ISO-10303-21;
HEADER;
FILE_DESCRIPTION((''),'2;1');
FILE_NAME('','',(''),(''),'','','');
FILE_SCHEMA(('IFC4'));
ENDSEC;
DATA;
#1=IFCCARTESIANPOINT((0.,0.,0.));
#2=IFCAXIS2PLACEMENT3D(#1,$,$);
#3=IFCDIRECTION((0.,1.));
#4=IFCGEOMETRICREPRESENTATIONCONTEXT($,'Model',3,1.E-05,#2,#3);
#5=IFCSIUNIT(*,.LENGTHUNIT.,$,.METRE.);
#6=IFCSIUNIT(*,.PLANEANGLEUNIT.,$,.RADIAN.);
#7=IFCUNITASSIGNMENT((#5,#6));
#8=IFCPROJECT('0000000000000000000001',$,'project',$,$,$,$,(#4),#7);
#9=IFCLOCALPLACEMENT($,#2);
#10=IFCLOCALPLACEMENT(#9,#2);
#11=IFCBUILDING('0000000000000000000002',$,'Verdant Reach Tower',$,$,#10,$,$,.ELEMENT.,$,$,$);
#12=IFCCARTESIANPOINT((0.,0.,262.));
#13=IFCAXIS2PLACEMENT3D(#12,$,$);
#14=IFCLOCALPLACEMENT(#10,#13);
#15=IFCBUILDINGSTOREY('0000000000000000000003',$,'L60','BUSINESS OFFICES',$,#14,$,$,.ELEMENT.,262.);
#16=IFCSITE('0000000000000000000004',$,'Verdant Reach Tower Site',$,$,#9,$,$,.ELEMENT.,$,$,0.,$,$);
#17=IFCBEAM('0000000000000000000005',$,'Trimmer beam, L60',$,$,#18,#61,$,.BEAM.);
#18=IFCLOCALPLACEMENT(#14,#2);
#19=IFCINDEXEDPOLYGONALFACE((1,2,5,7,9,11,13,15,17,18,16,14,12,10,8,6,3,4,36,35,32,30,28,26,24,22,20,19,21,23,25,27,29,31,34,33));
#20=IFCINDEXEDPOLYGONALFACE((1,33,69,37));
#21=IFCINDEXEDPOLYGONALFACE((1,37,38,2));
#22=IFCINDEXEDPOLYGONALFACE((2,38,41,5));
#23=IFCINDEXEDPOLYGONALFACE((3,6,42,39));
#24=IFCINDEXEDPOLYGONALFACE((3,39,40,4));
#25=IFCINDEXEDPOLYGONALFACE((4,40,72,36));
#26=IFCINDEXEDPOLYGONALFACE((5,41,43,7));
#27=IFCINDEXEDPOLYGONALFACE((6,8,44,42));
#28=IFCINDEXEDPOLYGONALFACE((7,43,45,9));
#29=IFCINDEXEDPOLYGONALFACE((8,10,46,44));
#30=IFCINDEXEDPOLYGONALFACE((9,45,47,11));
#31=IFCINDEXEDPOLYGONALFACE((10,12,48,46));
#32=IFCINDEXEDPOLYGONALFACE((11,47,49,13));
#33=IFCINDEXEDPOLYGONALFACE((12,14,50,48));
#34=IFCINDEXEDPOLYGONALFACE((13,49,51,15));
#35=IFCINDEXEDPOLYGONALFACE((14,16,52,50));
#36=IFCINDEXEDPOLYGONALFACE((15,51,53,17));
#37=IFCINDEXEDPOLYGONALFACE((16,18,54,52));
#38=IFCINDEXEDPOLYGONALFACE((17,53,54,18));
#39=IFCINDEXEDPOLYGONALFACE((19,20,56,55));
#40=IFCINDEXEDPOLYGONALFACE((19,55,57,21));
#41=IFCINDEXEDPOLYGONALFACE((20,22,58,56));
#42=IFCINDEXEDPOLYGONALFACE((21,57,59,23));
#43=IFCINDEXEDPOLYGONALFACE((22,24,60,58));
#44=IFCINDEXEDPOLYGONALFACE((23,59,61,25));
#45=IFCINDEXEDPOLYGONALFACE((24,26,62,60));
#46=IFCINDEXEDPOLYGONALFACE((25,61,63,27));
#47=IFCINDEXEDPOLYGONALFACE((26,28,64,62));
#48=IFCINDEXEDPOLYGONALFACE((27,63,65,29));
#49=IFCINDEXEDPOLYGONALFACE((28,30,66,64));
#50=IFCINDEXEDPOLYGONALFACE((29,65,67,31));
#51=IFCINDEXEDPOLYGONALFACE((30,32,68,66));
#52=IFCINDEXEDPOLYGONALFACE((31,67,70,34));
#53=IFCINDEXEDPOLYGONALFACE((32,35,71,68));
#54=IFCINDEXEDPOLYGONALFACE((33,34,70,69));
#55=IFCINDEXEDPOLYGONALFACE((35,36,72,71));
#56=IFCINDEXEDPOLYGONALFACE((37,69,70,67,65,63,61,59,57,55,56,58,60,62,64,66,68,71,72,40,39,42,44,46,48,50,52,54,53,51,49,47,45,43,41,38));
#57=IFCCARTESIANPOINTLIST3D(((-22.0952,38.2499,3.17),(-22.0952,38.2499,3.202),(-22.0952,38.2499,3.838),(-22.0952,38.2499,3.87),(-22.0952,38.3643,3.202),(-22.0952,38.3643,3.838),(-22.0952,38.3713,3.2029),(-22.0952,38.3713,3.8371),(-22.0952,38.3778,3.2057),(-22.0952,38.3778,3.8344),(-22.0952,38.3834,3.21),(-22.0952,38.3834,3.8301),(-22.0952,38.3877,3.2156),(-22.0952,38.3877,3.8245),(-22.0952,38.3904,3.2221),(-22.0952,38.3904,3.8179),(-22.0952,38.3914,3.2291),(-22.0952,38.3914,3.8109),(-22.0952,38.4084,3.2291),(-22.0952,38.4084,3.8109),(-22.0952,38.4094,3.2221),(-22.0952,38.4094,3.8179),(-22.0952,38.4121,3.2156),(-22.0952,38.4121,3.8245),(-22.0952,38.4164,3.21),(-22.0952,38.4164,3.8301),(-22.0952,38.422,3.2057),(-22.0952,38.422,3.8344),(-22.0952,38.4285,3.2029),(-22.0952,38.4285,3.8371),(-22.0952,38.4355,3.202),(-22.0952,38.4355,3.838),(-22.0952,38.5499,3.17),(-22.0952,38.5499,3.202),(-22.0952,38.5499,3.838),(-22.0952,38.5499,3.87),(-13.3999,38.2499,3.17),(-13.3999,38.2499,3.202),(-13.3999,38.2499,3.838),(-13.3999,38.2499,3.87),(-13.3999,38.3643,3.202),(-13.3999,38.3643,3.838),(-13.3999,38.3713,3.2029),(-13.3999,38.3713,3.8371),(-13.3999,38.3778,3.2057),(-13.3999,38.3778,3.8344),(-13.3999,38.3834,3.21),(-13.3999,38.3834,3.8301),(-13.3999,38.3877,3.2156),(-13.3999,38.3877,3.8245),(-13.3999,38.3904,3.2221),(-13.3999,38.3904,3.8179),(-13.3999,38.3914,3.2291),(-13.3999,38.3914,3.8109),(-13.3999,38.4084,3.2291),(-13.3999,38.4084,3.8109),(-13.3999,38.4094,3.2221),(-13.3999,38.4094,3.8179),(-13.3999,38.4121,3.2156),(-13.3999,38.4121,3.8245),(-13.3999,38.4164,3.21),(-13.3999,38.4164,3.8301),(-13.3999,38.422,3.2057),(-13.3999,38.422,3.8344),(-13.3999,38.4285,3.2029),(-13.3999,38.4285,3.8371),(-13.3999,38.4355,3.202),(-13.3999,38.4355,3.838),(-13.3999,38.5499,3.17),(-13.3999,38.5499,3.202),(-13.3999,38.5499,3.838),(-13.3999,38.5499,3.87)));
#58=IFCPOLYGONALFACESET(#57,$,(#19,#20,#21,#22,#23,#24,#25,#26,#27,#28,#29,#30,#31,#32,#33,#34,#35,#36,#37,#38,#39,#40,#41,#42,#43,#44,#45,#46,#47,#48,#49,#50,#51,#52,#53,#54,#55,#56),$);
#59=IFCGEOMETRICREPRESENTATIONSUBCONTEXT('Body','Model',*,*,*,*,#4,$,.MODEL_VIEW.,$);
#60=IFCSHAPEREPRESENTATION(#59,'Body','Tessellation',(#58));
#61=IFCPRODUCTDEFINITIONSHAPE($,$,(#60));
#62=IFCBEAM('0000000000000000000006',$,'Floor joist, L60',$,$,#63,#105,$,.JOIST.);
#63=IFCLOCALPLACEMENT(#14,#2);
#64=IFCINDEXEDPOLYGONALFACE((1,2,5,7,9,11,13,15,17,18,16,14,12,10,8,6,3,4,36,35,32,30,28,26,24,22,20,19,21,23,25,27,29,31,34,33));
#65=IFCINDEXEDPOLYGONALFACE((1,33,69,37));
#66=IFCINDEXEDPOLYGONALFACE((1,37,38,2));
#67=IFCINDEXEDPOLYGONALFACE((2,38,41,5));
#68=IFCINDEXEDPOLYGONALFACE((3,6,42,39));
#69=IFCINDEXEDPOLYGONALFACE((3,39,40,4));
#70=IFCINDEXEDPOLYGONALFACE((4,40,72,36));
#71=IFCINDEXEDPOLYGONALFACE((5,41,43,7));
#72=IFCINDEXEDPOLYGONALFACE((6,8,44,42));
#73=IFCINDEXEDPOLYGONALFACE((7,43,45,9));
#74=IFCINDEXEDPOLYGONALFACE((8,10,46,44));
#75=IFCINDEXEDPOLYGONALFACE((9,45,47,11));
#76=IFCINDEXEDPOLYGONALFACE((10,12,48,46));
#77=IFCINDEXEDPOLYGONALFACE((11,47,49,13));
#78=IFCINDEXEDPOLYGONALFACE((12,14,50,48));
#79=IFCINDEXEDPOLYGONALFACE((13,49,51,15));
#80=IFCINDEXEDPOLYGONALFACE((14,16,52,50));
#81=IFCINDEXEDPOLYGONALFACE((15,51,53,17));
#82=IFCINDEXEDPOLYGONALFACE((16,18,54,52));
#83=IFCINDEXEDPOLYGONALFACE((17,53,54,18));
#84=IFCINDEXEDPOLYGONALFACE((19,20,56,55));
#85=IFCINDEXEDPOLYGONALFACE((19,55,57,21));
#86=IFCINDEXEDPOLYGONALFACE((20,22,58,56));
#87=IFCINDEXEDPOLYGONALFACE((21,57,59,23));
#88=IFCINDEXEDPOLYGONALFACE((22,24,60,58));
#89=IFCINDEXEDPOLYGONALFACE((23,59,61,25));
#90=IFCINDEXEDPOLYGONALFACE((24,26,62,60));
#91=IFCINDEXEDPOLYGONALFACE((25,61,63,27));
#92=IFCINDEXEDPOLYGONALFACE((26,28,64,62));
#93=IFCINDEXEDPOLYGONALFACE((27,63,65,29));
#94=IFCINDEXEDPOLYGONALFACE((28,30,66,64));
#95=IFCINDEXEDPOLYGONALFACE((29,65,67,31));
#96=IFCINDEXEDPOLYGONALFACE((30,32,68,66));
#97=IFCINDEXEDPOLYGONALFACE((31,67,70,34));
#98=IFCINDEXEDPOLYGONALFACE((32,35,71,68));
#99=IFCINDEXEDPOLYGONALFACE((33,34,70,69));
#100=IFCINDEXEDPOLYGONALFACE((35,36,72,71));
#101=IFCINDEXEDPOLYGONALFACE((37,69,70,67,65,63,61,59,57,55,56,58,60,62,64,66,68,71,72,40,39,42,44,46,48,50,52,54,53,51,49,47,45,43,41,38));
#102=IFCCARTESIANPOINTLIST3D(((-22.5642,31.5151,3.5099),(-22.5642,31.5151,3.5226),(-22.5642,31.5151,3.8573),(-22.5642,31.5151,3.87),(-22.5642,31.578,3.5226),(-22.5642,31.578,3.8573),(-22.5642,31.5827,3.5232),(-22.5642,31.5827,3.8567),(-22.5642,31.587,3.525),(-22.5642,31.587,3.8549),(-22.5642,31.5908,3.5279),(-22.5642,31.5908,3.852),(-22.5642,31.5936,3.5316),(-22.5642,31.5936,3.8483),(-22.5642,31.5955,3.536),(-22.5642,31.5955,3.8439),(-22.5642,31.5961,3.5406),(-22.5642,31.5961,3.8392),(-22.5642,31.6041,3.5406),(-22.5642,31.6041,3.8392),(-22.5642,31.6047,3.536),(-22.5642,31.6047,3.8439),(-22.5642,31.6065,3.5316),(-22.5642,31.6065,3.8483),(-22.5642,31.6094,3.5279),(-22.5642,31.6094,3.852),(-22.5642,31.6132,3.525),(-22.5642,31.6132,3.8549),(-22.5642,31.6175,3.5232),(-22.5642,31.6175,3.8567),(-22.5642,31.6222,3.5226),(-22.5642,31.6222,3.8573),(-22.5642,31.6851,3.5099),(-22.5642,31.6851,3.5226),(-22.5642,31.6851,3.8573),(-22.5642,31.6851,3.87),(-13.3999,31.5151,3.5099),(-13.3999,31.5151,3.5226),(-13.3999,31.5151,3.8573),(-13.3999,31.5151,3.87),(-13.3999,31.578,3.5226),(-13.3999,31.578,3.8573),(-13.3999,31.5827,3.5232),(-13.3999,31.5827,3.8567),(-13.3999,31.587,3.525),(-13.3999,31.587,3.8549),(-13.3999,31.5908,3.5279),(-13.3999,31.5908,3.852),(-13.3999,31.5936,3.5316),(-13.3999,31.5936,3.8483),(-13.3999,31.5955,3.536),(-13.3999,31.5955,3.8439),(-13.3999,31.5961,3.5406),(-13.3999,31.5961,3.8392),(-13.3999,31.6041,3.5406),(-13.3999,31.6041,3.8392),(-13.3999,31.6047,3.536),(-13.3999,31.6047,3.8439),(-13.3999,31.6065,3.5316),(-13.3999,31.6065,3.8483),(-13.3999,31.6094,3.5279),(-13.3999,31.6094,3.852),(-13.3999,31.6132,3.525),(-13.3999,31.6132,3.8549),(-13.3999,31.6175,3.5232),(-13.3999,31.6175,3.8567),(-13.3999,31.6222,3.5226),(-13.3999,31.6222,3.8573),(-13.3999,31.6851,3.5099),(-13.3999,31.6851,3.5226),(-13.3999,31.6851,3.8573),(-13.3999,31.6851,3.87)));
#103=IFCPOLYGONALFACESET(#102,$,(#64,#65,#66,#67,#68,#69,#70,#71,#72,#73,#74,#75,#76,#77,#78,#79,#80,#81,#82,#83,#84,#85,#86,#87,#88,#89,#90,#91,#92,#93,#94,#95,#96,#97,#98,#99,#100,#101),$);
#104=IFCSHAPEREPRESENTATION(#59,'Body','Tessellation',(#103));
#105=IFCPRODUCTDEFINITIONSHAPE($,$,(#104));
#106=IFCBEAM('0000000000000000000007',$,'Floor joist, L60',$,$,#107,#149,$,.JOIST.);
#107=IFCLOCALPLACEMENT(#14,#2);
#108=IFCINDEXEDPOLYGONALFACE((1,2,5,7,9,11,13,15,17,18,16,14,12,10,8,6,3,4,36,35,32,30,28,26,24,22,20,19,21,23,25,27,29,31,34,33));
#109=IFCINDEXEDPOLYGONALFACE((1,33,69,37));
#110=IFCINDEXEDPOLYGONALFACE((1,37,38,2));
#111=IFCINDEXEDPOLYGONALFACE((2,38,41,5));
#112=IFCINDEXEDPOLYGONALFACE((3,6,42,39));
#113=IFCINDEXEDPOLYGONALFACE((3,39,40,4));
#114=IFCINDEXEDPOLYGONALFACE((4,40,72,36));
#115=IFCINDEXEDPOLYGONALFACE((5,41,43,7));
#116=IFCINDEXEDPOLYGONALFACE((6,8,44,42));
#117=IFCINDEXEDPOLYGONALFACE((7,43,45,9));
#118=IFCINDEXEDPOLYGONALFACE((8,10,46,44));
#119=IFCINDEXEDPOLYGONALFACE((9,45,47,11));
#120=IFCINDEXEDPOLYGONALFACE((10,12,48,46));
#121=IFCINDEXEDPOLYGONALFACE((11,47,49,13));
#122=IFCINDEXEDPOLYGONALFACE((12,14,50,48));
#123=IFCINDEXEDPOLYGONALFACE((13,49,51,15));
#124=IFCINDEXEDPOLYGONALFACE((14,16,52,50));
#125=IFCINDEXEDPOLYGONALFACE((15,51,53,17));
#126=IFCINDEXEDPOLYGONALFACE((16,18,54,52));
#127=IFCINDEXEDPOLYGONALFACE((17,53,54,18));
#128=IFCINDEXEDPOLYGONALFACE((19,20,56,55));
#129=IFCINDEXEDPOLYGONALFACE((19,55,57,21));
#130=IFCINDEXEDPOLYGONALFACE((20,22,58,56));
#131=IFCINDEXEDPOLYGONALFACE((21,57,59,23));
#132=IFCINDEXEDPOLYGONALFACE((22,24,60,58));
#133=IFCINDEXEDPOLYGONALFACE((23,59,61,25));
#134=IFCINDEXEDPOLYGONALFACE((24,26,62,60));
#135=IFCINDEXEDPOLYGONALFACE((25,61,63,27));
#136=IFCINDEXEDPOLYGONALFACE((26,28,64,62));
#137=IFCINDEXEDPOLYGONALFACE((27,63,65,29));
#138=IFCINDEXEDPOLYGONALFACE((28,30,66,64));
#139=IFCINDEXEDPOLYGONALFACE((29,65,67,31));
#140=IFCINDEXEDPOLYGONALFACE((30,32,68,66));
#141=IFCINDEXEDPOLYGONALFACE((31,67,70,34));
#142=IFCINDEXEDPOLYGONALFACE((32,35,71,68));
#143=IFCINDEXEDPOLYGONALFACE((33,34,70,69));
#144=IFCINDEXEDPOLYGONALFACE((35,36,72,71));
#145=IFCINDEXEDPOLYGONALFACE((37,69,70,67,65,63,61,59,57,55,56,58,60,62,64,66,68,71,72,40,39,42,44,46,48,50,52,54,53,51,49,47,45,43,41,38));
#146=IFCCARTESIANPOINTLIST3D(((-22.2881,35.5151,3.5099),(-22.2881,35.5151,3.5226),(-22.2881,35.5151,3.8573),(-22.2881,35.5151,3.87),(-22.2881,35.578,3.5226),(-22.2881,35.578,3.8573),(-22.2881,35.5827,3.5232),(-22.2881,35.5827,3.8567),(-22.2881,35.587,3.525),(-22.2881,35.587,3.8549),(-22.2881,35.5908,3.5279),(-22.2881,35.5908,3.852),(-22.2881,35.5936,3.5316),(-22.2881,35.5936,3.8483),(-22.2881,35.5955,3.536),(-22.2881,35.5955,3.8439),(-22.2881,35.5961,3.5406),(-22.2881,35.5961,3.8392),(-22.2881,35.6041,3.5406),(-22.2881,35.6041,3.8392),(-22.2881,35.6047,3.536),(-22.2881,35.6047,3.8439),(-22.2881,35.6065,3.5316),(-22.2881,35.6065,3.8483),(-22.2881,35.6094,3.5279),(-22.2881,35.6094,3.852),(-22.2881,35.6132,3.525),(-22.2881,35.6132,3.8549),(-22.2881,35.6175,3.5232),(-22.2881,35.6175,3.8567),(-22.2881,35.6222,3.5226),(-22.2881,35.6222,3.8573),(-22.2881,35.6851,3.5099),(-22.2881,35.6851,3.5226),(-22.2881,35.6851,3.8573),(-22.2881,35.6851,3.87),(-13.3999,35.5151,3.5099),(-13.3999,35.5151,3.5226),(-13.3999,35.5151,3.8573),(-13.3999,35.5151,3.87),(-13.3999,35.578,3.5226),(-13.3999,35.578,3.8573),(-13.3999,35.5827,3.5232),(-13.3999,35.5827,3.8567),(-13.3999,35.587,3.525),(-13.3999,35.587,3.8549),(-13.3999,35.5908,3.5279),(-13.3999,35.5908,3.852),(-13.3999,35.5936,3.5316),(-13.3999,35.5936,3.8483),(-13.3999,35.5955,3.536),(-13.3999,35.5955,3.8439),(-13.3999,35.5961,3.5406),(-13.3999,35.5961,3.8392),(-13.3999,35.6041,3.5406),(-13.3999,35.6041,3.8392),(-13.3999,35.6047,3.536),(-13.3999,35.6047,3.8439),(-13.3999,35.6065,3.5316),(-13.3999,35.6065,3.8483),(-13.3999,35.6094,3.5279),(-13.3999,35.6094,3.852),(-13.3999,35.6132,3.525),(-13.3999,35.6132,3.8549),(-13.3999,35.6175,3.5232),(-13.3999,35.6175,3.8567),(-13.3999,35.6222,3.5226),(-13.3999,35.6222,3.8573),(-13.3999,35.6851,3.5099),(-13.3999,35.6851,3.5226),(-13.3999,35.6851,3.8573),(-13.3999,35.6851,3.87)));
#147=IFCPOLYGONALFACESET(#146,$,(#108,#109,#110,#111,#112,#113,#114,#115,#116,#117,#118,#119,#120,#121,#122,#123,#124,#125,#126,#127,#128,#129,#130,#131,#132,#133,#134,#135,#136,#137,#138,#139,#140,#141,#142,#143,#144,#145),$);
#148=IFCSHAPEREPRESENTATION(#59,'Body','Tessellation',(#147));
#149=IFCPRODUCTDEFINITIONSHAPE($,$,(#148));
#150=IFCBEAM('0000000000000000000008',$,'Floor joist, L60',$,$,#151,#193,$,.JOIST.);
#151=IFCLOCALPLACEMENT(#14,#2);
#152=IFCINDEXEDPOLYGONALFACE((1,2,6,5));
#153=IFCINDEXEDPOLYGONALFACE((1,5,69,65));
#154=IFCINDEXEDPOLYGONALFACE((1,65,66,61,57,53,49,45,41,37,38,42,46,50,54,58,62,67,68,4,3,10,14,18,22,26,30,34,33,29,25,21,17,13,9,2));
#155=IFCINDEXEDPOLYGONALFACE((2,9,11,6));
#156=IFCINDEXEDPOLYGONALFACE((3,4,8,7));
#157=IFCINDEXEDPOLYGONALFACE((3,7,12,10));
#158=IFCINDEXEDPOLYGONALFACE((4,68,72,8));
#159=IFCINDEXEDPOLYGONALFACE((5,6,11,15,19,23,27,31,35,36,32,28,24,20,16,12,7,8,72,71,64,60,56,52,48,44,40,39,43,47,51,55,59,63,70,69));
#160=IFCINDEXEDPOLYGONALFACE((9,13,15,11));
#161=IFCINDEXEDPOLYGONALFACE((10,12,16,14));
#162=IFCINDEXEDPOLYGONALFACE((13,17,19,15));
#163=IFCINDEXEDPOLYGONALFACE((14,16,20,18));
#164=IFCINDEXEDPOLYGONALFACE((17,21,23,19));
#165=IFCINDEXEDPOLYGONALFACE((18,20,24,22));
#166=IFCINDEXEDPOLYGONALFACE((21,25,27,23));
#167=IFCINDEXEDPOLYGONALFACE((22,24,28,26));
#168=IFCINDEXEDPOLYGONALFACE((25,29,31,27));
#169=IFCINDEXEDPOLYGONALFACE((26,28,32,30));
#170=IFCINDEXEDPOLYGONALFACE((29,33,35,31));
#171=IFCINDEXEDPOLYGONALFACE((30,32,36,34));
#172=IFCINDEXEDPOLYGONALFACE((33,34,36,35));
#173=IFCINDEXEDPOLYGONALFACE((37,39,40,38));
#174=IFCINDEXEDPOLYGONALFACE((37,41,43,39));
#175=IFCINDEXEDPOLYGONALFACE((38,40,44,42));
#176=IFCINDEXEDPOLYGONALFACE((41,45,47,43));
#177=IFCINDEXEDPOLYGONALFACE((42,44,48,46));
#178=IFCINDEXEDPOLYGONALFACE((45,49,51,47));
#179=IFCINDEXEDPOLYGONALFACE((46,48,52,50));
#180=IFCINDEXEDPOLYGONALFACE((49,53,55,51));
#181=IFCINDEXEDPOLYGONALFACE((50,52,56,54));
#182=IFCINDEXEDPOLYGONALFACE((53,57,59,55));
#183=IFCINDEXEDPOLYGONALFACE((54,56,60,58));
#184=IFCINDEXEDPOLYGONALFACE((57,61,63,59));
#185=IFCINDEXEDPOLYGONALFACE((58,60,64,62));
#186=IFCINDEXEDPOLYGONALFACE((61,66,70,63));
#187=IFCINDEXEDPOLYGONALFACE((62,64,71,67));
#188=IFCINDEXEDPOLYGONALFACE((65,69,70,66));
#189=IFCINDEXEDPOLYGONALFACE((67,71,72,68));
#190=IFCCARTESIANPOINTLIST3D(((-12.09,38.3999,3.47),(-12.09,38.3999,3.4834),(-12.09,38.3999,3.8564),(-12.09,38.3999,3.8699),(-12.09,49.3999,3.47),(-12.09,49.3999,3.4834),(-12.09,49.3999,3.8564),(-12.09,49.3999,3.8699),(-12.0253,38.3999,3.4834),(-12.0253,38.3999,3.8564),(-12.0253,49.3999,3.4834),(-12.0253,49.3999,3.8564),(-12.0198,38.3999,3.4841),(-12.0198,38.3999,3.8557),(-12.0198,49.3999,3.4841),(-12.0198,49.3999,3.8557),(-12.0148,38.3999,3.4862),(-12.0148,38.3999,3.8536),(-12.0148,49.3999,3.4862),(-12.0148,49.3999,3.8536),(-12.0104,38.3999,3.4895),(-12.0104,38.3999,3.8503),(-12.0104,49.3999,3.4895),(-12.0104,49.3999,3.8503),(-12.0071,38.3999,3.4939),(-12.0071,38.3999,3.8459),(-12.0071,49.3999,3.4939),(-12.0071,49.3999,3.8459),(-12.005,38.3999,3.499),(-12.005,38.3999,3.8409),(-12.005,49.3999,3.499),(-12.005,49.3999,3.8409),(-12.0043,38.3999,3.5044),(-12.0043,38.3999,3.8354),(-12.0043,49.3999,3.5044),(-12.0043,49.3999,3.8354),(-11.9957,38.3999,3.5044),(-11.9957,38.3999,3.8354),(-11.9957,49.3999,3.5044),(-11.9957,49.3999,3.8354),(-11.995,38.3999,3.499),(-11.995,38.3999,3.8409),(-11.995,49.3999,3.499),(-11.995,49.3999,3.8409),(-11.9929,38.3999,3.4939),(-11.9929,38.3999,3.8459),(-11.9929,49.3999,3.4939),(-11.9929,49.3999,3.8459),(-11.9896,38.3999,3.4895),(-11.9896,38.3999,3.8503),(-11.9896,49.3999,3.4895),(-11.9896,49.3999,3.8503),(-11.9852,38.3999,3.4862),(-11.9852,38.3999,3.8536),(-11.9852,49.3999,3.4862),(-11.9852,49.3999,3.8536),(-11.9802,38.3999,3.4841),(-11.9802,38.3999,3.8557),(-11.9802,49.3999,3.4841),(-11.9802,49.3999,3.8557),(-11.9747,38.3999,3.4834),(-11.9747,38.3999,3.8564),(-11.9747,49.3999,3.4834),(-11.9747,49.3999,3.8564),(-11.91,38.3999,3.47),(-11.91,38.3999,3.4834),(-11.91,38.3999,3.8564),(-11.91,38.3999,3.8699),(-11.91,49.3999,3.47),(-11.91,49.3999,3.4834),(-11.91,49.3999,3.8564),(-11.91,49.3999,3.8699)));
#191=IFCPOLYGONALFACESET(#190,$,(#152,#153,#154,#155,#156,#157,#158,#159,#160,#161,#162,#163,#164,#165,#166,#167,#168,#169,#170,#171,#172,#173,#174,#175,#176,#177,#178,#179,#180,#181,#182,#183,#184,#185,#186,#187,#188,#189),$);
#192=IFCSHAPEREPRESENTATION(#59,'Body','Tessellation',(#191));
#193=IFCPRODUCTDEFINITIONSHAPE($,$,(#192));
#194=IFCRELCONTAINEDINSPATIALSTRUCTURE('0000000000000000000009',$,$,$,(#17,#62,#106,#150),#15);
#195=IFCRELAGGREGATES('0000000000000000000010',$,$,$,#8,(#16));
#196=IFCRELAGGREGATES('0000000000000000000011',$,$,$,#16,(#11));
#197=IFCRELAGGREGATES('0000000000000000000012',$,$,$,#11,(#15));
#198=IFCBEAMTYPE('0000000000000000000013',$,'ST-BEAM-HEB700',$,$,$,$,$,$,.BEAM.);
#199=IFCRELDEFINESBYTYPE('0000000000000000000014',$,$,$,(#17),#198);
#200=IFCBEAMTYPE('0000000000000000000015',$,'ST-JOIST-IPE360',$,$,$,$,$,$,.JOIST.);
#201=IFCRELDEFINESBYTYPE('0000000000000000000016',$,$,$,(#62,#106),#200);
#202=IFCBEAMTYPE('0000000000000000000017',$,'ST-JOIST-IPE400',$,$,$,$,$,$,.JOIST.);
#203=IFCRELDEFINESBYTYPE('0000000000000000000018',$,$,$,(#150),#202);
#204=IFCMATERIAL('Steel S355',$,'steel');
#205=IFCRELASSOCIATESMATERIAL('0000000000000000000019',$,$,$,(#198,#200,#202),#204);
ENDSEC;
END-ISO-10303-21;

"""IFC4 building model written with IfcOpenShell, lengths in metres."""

from ifc_helpers import new_model, si_unit, direction, frame, origin, origin_2d, place, context, subcontext, project, spatial, i_section, extrude, material, material_profile, profile_set, type_object, element, save


model = new_model("IFC4")

# Units and contexts
model_context = context("Model", 3, precision=1e-05, world=origin(), true_north=direction((0.0, 1.0)))
body_context = subcontext(model_context, "Body", "Model", "MODEL_VIEW")
ifc_project = project(units=[si_unit("LENGTHUNIT", "METRE"), si_unit("PLANEANGLEUNIT", "RADIAN")], contexts=[model_context])

# Site, building, storey
site_placement = place(None, origin())
site = spatial("IfcSite", under=ifc_project, at=site_placement, Name="Verdant Reach Tower Site", CompositionType="ELEMENT", RefElevation=0.0)
building_placement = place(site_placement, origin())
building = spatial("IfcBuilding", under=site, at=building_placement, Name="Verdant Reach Tower", CompositionType="ELEMENT")
storey_placement = place(building_placement, frame((0.0, 0.0, 262.0)))
storey = spatial("IfcBuildingStorey", under=building, at=storey_placement, Name="L60", Description="BUSINESS OFFICES", CompositionType="ELEMENT", Elevation=262.0)

# Beams
ifc_material_1 = material(Name="Steel S355", Category="steel")
ifc_material_profile_1 = material_profile(ifc_material_1, i_section(OverallWidth=0.3, OverallDepth=0.7, WebThickness=0.0171, FlangeThickness=0.032, FilletRadius=0.0271, at=origin_2d()), Name="HEB 700")
ifc_profile_set_1 = profile_set([ifc_material_profile_1], Name="Steel S355")
beam_type_1 = type_object("IfcBeamType", Name="ST-BEAM-HEB700", PredefinedType="BEAM", material=ifc_profile_set_1)
beam_1_placement = place(storey_placement, frame((-13.3999, 38.3999, 3.52), z_axis=(-1.0, 0.0, 0.0), x_axis=(0.0, -1.0, 0.0)))
element("IfcBeam", 1, at=beam_1_placement, inside=storey, type_object=beam_type_1, Name="Trimmer beam, L60", PredefinedType="BEAM", context=body_context, shape_type="SweptSolid", body=[
    extrude(i_section(OverallWidth=0.3, OverallDepth=0.7, WebThickness=0.0171, FlangeThickness=0.032, FilletRadius=0.0271, at=origin_2d()), origin(), (0.0, 0.0, 1.0), 8.6953),
])
ifc_material_profile_2 = material_profile(ifc_material_1, i_section(OverallWidth=0.1699, OverallDepth=0.3601, WebThickness=0.0081, FlangeThickness=0.0127, FilletRadius=0.0181, at=origin_2d()), Name="IPE 360")
ifc_profile_set_2 = profile_set([ifc_material_profile_2], Name="Steel S355")
beam_type_2 = type_object("IfcBeamType", Name="ST-JOIST-IPE360", PredefinedType="JOIST", material=ifc_profile_set_2)
beam_2_placement = place(storey_placement, frame((-13.3999, 31.6001, 3.6899), z_axis=(-1.0, 0.0, 0.0), x_axis=(0.0, -1.0, 0.0)))
element("IfcBeam", 2, at=beam_2_placement, inside=storey, type_object=beam_type_2, Name="Floor joist, L60", PredefinedType="JOIST", context=body_context, shape_type="SweptSolid", body=[
    extrude(i_section(OverallWidth=0.1699, OverallDepth=0.3601, WebThickness=0.0081, FlangeThickness=0.0127, FilletRadius=0.0181, at=origin_2d()), origin(), (0.0, 0.0, 1.0), 9.1643),
])
beam_3_placement = place(storey_placement, frame((-13.3999, 35.6001, 3.6899), z_axis=(-1.0, 0.0, 0.0), x_axis=(0.0, -1.0, 0.0)))
element("IfcBeam", 3, at=beam_3_placement, inside=storey, type_object=beam_type_2, Name="Floor joist, L60", PredefinedType="JOIST", context=body_context, shape_type="SweptSolid", body=[
    extrude(i_section(OverallWidth=0.1699, OverallDepth=0.3601, WebThickness=0.0081, FlangeThickness=0.0127, FilletRadius=0.0181, at=origin_2d()), origin(), (0.0, 0.0, 1.0), 8.8882),
])
ifc_material_profile_3 = material_profile(ifc_material_1, i_section(OverallWidth=0.1799, OverallDepth=0.3999, WebThickness=0.0085, FlangeThickness=0.0134, FilletRadius=0.021, at=origin_2d()), Name="IPE 400")
ifc_profile_set_3 = profile_set([ifc_material_profile_3], Name="Steel S355")
beam_type_3 = type_object("IfcBeamType", Name="ST-JOIST-IPE400", PredefinedType="JOIST", material=ifc_profile_set_3)
for number, where, z_axis, x_axis, name in (
    (4, (-12.0, 38.3999, 3.6699), (0.0, 1.0, 0.0), (-1.0, 0.0, 0.0), "Floor joist, L60"),
):
    element("IfcBeam", number, at=place(storey_placement, frame(where, z_axis=z_axis, x_axis=x_axis)), inside=storey, type_object=beam_type_3, Name=name, PredefinedType="JOIST", context=body_context, shape_type="SweptSolid", body=[
        extrude(i_section(OverallWidth=0.1799, OverallDepth=0.3999, WebThickness=0.0085, FlangeThickness=0.0134, FilletRadius=0.021, at=origin_2d()), origin(), (0.0, 0.0, 1.0), 11.0),
    ])

save(model, "model.ifc")
